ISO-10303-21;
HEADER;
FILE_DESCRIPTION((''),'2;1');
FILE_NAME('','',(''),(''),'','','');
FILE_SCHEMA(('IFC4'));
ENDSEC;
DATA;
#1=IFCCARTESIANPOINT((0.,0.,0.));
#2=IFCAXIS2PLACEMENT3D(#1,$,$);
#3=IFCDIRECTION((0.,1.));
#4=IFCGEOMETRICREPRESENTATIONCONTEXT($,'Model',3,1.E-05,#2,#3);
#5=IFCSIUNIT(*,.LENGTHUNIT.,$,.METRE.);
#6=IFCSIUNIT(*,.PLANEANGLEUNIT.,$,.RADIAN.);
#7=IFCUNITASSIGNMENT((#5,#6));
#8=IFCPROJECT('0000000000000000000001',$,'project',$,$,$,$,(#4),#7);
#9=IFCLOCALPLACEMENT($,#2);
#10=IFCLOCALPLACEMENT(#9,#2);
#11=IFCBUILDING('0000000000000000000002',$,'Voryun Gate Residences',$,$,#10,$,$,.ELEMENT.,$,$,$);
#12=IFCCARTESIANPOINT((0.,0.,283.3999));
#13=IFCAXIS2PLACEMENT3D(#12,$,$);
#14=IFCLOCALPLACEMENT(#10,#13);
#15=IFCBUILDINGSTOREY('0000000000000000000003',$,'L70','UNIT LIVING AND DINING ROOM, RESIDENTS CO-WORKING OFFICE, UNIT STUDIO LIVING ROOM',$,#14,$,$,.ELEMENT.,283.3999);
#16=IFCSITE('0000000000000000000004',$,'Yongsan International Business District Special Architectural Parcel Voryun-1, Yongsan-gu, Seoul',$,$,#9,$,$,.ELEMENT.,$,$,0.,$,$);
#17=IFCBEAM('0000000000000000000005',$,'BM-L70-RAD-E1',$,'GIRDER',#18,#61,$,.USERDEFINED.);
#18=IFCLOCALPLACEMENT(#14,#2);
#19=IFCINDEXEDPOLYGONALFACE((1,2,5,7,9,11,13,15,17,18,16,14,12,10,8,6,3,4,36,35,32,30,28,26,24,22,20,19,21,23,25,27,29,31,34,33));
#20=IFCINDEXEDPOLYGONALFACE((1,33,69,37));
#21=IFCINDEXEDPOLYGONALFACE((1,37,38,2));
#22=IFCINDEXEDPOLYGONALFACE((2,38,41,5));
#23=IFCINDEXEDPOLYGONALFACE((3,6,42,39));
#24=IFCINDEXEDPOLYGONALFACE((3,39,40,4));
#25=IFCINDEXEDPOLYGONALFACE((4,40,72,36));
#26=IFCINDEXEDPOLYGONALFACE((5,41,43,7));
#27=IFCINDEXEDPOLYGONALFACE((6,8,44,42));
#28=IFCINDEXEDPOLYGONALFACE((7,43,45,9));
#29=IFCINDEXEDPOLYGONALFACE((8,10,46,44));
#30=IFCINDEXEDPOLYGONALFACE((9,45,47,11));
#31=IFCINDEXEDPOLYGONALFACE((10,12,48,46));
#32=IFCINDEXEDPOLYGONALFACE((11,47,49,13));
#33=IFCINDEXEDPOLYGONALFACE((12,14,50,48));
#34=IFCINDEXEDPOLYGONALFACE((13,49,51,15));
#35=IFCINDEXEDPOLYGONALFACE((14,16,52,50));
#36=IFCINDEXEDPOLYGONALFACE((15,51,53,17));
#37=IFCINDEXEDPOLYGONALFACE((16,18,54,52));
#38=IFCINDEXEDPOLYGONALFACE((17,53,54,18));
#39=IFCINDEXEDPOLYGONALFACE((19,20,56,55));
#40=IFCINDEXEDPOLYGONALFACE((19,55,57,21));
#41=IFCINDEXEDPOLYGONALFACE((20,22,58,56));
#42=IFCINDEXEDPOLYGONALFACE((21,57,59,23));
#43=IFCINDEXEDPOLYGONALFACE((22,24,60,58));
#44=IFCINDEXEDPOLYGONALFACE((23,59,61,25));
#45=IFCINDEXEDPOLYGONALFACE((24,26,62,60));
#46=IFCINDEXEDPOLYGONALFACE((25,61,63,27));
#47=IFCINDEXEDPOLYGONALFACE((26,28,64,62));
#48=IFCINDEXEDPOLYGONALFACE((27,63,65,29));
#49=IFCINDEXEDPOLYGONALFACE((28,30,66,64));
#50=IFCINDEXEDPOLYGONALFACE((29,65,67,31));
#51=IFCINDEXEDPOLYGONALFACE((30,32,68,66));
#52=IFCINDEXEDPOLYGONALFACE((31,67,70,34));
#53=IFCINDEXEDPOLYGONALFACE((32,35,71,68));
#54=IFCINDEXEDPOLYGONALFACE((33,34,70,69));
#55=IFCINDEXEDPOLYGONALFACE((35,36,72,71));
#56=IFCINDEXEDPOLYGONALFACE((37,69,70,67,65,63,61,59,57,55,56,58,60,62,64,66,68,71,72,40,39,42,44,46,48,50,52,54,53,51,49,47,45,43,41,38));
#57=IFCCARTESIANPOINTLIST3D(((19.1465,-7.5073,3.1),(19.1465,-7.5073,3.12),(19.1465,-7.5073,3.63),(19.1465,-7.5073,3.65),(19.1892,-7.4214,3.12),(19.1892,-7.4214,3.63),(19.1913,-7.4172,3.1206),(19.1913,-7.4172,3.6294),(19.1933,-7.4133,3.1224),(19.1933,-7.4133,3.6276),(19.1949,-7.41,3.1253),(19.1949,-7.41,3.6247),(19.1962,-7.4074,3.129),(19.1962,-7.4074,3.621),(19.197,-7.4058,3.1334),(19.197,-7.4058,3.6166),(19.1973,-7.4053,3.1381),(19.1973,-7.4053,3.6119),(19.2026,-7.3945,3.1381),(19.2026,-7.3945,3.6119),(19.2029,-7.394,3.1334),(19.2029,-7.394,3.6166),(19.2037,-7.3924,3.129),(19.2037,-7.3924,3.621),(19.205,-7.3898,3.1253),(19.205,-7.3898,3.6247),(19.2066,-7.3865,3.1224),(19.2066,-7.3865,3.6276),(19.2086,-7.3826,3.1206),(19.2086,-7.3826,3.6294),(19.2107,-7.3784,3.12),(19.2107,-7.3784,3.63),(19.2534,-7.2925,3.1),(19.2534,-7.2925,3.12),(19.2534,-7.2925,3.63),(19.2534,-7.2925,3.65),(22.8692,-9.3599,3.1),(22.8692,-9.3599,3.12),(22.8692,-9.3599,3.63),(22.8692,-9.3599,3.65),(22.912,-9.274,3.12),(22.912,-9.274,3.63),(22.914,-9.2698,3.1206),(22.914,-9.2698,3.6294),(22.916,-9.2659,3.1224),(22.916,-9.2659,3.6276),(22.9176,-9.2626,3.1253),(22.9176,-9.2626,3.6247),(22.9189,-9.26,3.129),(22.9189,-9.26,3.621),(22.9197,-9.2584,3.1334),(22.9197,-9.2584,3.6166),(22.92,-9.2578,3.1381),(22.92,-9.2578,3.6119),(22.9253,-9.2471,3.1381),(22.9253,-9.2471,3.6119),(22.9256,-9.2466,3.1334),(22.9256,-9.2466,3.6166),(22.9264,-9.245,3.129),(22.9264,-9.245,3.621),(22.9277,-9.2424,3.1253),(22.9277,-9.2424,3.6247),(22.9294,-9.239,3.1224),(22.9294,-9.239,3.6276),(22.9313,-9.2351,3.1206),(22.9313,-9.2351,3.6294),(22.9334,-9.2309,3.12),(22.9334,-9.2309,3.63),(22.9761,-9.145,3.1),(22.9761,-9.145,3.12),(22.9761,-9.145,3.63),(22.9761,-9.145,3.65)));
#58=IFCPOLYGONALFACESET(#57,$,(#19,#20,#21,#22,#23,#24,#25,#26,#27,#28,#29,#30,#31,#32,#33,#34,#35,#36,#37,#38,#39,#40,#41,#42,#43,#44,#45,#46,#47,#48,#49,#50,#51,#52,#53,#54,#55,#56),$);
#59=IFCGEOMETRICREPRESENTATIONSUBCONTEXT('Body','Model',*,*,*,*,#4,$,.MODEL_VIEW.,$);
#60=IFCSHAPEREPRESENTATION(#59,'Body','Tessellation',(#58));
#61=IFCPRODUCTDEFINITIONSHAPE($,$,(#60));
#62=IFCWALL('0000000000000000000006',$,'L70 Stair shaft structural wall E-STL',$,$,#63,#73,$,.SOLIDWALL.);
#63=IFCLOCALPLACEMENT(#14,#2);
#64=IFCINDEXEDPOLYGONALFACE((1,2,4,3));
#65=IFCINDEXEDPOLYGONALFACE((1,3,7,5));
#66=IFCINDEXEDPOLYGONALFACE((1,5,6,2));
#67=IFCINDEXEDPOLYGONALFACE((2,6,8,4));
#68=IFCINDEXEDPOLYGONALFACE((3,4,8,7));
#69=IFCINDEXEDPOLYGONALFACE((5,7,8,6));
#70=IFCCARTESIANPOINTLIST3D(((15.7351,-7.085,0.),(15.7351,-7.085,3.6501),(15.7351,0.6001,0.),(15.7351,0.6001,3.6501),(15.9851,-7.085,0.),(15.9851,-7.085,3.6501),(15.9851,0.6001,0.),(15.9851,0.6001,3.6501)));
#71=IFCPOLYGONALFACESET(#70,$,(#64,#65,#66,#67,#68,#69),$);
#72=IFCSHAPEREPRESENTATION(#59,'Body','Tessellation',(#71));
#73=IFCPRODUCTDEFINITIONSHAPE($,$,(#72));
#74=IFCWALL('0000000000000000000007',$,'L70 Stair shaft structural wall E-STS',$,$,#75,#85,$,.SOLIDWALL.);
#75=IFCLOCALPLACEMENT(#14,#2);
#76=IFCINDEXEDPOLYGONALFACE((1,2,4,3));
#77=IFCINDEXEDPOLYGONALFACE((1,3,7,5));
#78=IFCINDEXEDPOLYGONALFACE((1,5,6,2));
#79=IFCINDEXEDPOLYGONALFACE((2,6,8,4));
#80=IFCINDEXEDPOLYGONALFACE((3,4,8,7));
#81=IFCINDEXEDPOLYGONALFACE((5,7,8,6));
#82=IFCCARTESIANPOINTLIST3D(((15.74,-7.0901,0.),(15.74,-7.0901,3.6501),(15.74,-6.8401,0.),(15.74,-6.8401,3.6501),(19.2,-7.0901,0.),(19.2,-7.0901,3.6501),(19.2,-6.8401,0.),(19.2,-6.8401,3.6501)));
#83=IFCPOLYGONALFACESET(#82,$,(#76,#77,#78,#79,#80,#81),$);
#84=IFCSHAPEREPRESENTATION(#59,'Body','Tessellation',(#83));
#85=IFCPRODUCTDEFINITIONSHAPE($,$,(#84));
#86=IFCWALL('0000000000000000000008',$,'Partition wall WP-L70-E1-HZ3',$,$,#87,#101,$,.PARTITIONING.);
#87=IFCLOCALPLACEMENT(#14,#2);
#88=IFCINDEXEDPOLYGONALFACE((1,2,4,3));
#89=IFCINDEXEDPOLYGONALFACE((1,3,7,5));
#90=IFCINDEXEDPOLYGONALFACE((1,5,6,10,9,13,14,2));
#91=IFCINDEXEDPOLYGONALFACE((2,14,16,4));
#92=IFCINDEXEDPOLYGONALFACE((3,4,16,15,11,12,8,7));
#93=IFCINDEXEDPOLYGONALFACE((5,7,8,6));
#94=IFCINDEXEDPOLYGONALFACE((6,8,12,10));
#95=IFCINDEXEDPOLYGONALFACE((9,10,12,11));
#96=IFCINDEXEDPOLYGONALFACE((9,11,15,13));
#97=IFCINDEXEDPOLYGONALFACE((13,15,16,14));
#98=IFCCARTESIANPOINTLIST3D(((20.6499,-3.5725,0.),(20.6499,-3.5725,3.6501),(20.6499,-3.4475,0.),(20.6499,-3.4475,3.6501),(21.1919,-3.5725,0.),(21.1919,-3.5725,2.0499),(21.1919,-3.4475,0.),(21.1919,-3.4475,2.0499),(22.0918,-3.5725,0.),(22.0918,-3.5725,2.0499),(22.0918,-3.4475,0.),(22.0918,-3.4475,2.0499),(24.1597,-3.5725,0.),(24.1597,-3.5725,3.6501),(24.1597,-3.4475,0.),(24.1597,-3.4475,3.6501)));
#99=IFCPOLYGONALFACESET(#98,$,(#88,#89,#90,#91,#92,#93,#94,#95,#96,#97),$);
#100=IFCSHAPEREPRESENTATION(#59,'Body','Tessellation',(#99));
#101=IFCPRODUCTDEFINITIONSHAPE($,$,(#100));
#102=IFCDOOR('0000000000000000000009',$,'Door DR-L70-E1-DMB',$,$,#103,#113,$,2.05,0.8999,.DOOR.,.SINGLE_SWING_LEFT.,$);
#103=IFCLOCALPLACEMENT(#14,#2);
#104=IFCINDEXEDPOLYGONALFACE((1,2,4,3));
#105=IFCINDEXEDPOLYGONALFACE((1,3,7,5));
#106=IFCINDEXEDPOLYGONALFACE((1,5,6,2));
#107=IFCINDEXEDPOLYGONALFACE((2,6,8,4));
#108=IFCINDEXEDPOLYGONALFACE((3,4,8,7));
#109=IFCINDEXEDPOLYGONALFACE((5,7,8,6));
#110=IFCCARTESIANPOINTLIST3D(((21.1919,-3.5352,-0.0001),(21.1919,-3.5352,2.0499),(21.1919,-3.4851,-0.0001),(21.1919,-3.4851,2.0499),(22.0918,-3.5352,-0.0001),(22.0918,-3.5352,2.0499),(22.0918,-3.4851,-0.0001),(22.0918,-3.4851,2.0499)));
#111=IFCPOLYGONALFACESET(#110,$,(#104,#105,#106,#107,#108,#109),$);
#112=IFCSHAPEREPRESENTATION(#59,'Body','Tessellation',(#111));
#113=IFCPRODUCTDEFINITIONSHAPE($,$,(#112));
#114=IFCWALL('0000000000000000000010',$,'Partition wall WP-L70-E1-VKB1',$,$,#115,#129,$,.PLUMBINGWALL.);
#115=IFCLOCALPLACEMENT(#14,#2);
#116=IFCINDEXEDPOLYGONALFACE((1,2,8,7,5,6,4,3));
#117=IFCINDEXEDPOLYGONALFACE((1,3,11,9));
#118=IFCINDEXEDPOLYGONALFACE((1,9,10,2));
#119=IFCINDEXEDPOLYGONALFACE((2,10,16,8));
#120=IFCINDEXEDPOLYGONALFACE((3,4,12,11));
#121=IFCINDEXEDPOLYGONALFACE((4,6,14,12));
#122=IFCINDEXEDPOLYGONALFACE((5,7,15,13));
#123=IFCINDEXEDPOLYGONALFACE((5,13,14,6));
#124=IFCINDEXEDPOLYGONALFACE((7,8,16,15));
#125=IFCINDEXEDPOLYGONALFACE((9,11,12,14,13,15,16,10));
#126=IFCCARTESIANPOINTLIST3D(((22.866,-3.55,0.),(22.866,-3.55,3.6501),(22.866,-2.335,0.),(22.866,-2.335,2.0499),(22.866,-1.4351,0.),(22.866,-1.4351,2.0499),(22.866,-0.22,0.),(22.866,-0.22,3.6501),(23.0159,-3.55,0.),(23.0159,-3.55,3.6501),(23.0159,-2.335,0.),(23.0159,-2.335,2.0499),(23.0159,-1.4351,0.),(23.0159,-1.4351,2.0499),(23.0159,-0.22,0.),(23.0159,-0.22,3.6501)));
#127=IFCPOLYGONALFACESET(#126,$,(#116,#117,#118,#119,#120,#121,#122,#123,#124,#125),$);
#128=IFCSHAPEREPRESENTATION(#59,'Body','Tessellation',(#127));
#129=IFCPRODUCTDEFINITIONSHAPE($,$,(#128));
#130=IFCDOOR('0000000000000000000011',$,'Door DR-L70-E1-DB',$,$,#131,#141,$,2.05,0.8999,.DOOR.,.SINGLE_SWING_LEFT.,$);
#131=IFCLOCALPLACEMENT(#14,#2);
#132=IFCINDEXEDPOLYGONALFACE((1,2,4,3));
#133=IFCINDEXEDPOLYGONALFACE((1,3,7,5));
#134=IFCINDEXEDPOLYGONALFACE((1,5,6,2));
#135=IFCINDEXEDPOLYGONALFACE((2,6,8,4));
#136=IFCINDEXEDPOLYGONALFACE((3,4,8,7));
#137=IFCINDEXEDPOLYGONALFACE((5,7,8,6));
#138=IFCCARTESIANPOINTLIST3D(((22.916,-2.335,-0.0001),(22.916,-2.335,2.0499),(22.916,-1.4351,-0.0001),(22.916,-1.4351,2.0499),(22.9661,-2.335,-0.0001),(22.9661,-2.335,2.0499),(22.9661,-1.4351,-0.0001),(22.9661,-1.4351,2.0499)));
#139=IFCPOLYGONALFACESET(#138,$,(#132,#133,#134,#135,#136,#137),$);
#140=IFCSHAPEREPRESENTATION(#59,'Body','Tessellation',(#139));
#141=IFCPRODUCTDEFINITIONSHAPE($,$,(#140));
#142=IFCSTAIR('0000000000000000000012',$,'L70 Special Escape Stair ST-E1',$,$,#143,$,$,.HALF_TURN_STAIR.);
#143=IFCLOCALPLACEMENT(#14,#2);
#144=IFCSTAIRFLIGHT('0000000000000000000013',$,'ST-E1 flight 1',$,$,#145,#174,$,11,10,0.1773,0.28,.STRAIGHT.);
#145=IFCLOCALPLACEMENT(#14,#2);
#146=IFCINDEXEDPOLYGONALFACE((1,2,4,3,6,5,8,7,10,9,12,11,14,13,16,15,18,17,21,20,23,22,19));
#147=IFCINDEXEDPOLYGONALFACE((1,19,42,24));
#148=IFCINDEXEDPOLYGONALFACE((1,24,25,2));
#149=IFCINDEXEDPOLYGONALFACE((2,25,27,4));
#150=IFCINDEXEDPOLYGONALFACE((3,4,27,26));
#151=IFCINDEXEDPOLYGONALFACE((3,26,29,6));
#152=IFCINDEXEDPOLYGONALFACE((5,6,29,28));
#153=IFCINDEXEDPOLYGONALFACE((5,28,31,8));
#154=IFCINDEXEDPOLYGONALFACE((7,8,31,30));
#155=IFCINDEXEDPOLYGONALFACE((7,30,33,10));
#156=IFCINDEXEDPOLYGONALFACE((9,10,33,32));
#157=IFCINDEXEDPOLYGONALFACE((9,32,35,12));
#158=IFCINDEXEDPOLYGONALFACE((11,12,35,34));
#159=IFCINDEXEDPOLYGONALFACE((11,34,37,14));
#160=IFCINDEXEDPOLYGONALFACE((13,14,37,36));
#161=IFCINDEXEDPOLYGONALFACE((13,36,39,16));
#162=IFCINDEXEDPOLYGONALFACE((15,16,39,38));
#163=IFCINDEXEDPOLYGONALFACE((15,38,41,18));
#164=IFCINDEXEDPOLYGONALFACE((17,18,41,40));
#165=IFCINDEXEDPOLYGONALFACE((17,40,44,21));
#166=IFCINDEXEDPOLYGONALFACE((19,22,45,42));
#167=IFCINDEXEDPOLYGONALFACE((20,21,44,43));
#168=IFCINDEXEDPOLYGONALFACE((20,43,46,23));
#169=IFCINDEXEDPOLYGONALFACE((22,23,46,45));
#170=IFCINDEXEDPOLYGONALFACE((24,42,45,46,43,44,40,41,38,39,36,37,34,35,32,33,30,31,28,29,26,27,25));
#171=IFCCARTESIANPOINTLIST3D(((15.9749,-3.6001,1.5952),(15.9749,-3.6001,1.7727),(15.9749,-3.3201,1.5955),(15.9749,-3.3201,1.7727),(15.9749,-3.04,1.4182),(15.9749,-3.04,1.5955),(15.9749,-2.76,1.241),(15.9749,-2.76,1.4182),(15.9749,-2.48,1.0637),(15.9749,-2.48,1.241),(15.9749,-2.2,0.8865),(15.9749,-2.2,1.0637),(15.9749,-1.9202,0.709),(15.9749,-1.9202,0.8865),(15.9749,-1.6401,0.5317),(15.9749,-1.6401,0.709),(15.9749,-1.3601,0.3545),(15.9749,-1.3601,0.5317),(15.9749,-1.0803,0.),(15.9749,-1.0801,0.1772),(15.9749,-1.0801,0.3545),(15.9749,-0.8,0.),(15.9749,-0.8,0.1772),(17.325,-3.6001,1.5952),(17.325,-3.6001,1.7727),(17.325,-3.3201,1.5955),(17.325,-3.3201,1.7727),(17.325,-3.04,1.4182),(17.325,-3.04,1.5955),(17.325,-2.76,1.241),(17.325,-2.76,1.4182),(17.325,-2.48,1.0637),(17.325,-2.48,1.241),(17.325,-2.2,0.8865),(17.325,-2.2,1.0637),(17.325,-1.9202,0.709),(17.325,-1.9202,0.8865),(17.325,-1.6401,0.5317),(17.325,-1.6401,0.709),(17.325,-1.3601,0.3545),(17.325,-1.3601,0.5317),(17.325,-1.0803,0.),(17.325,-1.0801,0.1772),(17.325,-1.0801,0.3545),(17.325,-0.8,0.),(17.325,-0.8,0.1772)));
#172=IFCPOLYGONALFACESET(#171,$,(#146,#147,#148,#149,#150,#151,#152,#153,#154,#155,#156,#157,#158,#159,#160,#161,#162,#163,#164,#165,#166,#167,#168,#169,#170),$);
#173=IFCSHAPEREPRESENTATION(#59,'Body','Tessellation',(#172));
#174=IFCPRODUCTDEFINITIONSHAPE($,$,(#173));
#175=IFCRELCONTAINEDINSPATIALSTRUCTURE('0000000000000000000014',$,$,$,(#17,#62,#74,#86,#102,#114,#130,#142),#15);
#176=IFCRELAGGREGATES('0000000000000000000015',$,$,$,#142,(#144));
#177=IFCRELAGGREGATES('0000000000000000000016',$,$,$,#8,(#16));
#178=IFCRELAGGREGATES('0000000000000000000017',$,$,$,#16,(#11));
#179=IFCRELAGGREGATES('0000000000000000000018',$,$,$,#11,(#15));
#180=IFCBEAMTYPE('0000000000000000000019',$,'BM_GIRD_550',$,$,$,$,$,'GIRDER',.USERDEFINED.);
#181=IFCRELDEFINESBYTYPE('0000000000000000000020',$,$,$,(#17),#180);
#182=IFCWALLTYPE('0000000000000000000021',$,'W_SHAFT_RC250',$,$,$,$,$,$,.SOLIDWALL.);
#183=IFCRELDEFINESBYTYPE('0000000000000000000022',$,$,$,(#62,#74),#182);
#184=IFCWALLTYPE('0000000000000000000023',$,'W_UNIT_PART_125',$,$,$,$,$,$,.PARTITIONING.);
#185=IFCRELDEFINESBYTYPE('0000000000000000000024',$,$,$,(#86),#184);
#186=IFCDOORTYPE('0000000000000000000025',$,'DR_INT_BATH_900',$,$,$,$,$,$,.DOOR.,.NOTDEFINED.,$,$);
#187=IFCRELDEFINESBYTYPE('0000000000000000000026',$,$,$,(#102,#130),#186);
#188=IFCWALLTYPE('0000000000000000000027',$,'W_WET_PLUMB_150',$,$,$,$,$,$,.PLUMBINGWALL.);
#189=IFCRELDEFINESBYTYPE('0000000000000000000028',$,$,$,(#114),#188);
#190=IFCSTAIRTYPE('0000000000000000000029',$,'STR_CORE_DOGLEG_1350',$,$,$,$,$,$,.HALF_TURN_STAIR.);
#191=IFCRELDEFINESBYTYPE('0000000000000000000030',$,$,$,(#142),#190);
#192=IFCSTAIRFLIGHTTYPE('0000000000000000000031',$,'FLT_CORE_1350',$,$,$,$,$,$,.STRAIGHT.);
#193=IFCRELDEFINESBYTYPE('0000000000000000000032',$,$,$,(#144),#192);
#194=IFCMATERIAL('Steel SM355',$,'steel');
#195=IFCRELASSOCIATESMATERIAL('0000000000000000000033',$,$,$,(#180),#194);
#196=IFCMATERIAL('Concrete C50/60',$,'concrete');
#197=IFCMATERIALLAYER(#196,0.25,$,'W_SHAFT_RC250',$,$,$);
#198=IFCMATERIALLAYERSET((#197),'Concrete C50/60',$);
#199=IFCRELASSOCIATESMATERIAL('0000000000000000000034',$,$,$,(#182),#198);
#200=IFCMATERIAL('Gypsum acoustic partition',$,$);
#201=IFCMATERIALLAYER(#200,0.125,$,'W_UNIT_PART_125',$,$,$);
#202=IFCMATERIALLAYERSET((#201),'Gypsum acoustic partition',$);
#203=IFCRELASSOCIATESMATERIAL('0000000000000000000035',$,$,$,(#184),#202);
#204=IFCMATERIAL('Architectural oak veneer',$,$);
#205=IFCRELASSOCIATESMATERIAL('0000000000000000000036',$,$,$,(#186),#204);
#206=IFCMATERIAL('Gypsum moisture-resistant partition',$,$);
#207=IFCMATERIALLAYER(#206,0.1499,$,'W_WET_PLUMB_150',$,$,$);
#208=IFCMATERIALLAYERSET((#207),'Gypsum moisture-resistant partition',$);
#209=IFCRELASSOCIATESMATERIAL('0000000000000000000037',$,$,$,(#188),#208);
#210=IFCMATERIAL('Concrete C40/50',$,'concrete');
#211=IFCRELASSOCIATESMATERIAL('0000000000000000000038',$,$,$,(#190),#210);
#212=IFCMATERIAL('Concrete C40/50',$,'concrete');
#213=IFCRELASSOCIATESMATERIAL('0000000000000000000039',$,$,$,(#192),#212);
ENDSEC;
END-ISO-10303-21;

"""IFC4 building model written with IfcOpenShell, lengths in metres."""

from ifc_helpers import new_model, si_unit, direction, frame, frame_2d, origin, origin_2d, place, context, subcontext, project, spatial, polyline, rectangle, i_section, outline, extrude, material, layer, layer_set, material_profile, profile_set, type_object, element, fill, aggregate, save


model = new_model("IFC4")

# Units and contexts
model_context = context("Model", 3, precision=1e-05, world=origin(), true_north=direction((0.0, 1.0)))
body_context = subcontext(model_context, "Body", "Model", "MODEL_VIEW")
ifc_project = project(units=[si_unit("LENGTHUNIT", "METRE"), si_unit("PLANEANGLEUNIT", "RADIAN")], contexts=[model_context])

# Site, building, storey
site_placement = place(None, origin())
site = spatial("IfcSite", under=ifc_project, at=site_placement, Name="Yongsan International Business District Special Architectural Parcel Voryun-1, Yongsan-gu, Seoul", CompositionType="ELEMENT", RefElevation=0.0)
building_placement = place(site_placement, origin())
building = spatial("IfcBuilding", under=site, at=building_placement, Name="Voryun Gate Residences", CompositionType="ELEMENT")
storey_placement = place(building_placement, frame((0.0, 0.0, 283.3999)))
storey = spatial("IfcBuildingStorey", under=building, at=storey_placement, Name="L70", Description="UNIT LIVING AND DINING ROOM, RESIDENTS CO-WORKING OFFICE, UNIT STUDIO LIVING ROOM", CompositionType="ELEMENT", Elevation=283.3999)

# Beam
ifc_material_1 = material(Name="Steel SM355", Category="steel")
ifc_material_profile = material_profile(ifc_material_1, i_section(OverallWidth=0.24, OverallDepth=0.55, WebThickness=0.012, FlangeThickness=0.02, FilletRadius=0.0181, at=origin_2d()), Name="H-550x240x12x20")
ifc_profile_set = profile_set([ifc_material_profile], Name="Steel SM355")
beam_type = type_object("IfcBeamType", Name="BM_GIRD_550", ElementType="GIRDER", PredefinedType="USERDEFINED", material=ifc_profile_set)
beam_placement = place(storey_placement, frame((19.2, -7.3999, 3.375), z_axis=(0.895271, -0.445522, 0.0), x_axis=(0.445522, 0.895271, 0.0)))
element("IfcBeam", 1, at=beam_placement, inside=storey, type_object=beam_type, Name="BM-L70-RAD-E1", ObjectType="GIRDER", PredefinedType="USERDEFINED", context=body_context, shape_type="SweptSolid", body=[
    extrude(i_section(OverallWidth=0.24, OverallDepth=0.55, WebThickness=0.012, FlangeThickness=0.02, FilletRadius=0.0181, at=origin_2d()), origin(), (0.0, 0.0, 1.0), 4.1582),
])

# Walls
ifc_material_2 = material(Name="Concrete C50/60", Category="concrete")
ifc_layer_1 = layer(ifc_material_2, 0.25, Name="W_SHAFT_RC250")
ifc_layer_set_1 = layer_set([ifc_layer_1], Name="Concrete C50/60")
wall_type_1 = type_object("IfcWallType", Name="W_SHAFT_RC250", PredefinedType="SOLIDWALL", material=ifc_layer_set_1)
wall_1_placement = place(storey_placement, frame((15.8601, -7.085, 0.0), z_axis=(0.0, 0.0, 1.0), x_axis=(0.0, 1.0, 0.0)))
element("IfcWall", 2, at=wall_1_placement, inside=storey, type_object=wall_type_1, Name="L70 Stair shaft structural wall E-STL", PredefinedType="SOLIDWALL", context=body_context, shape_type="SweptSolid", body=[
    extrude(rectangle(XDim=7.6851, YDim=0.25, at=frame_2d((3.8425, 0.0))), origin(), (0.0, 0.0, 1.0), 3.6501),
])
wall_2_placement = place(storey_placement, frame((15.74, -6.9651, 0.0), z_axis=(0.0, 0.0, 1.0), x_axis=(1.0, 0.0, 0.0)))
element("IfcWall", 3, at=wall_2_placement, inside=storey, type_object=wall_type_1, Name="L70 Stair shaft structural wall E-STS", PredefinedType="SOLIDWALL", context=body_context, shape_type="SweptSolid", body=[
    extrude(rectangle(XDim=3.46, YDim=0.25, at=frame_2d((1.73, 0.0))), origin(), (0.0, 0.0, 1.0), 3.6501),
])

# Walls, openings, doors
ifc_material_3 = material(Name="Gypsum acoustic partition")
ifc_layer_2 = layer(ifc_material_3, 0.125, Name="W_UNIT_PART_125")
ifc_layer_set_2 = layer_set([ifc_layer_2], Name="Gypsum acoustic partition")
wall_type_2 = type_object("IfcWallType", Name="W_UNIT_PART_125", PredefinedType="PARTITIONING", material=ifc_layer_set_2)
wall_3_placement = place(storey_placement, frame((20.6499, -3.51, 0.0), z_axis=(0.0, 0.0, 1.0), x_axis=(1.0, 0.0, 0.0)))
wall_3 = element("IfcWall", 4, at=wall_3_placement, inside=storey, type_object=wall_type_2, Name="Partition wall WP-L70-E1-HZ3", PredefinedType="PARTITIONING", context=body_context, shape_type="SweptSolid", body=[
    extrude(rectangle(XDim=3.5098, YDim=0.125, at=frame_2d((1.7549, 0.0))), origin(), (0.0, 0.0, 1.0), 3.6501),
])
opening_1_placement = place(wall_3_placement, frame((0.542, 0.0, 0.0)))
opening_1 = element("IfcOpeningElement", 5, at=opening_1_placement, cuts=wall_3, PredefinedType="OPENING", context=body_context, shape_type="SweptSolid", body=[
    extrude(rectangle(XDim=0.8999, YDim=2.05, at=frame_2d((0.45, 1.0249))), frame((0.0, 0.0725, 0.0), z_axis=(0.0, -1.0, 0.0), x_axis=(1.0, 0.0, 0.0)), (0.0, 0.0, 1.0), 0.145),
])
ifc_material_4 = material(Name="Architectural oak veneer")
door_type = type_object("IfcDoorType", Name="DR_INT_BATH_900", OperationType="NOTDEFINED", PredefinedType="DOOR", material=ifc_material_4)
door_1_placement = place(opening_1_placement, origin())
door_1 = element("IfcDoor", 6, at=door_1_placement, inside=storey, type_object=door_type, Name="Door DR-L70-E1-DMB", OperationType="SINGLE_SWING_LEFT", OverallHeight=2.05, OverallWidth=0.8999, PredefinedType="DOOR", context=body_context, shape_type="SweptSolid", body=[
    extrude(rectangle(XDim=0.8999, YDim=2.05, at=frame_2d((0.45, 1.0249))), frame((0.0, 0.0249, 0.0), z_axis=(0.0, -1.0, 0.0), x_axis=(1.0, 0.0, 0.0)), (0.0, 0.0, 1.0), 0.05),
])
fill(opening_1, door_1)
ifc_material_5 = material(Name="Gypsum moisture-resistant partition")
ifc_layer_3 = layer(ifc_material_5, 0.1499, Name="W_WET_PLUMB_150")
ifc_layer_set_3 = layer_set([ifc_layer_3], Name="Gypsum moisture-resistant partition")
wall_type_3 = type_object("IfcWallType", Name="W_WET_PLUMB_150", PredefinedType="PLUMBINGWALL", material=ifc_layer_set_3)
wall_4_placement = place(storey_placement, frame((22.9409, -3.55, 0.0), z_axis=(0.0, 0.0, 1.0), x_axis=(0.0, 1.0, 0.0)))
wall_4 = element("IfcWall", 7, at=wall_4_placement, inside=storey, type_object=wall_type_3, Name="Partition wall WP-L70-E1-VKB1", PredefinedType="PLUMBINGWALL", context=body_context, shape_type="SweptSolid", body=[
    extrude(rectangle(XDim=3.3301, YDim=0.1499, at=frame_2d((1.665, 0.0))), origin(), (0.0, 0.0, 1.0), 3.6501),
])
opening_2_placement = place(wall_4_placement, frame((1.2151, 0.0, 0.0)))
opening_2 = element("IfcOpeningElement", 8, at=opening_2_placement, cuts=wall_4, PredefinedType="OPENING", context=body_context, shape_type="SweptSolid", body=[
    extrude(rectangle(XDim=0.8999, YDim=2.05, at=frame_2d((0.45, 1.0249))), frame((0.0, 0.085, 0.0), z_axis=(0.0, -1.0, 0.0), x_axis=(1.0, 0.0, 0.0)), (0.0, 0.0, 1.0), 0.1699),
])
door_2_placement = place(opening_2_placement, origin())
door_2 = element("IfcDoor", 9, at=door_2_placement, inside=storey, type_object=door_type, Name="Door DR-L70-E1-DB", OperationType="SINGLE_SWING_LEFT", OverallHeight=2.05, OverallWidth=0.8999, PredefinedType="DOOR", context=body_context, shape_type="SweptSolid", body=[
    extrude(rectangle(XDim=0.8999, YDim=2.05, at=frame_2d((0.45, 1.0249))), frame((0.0, 0.0249, 0.0), z_axis=(0.0, -1.0, 0.0), x_axis=(1.0, 0.0, 0.0)), (0.0, 0.0, 1.0), 0.05),
])
fill(opening_2, door_2)

# Stair, stair flight
ifc_material_6 = material(Name="Concrete C40/50", Category="concrete")
stair_type = type_object("IfcStairType", Name="STR_CORE_DOGLEG_1350", PredefinedType="HALF_TURN_STAIR", material=ifc_material_6)
stair_placement = place(storey_placement, origin())
stair = element("IfcStair", 10, at=stair_placement, inside=storey, type_object=stair_type, Name="L70 Special Escape Stair ST-E1", PredefinedType="HALF_TURN_STAIR")
ifc_material_7 = material(Name="Concrete C40/50", Category="concrete")
stair_flight_type = type_object("IfcStairFlightType", Name="FLT_CORE_1350", PredefinedType="STRAIGHT", material=ifc_material_7)
stair_flight_1_placement = place(storey_placement, frame((16.6499, -0.8, 0.0), z_axis=(0.0, 0.0, 1.0), x_axis=(0.0, -1.0, 0.0)))
stair_flight_1 = element("IfcStairFlight", 11, at=stair_flight_1_placement, type_object=stair_flight_type, Name="ST-E1 flight 1", NumberOfRisers=11, NumberOfTreads=10, PredefinedType="STRAIGHT", RiserHeight=0.1773, TreadLength=0.28, context=body_context, shape_type="SweptSolid", body=[
    extrude(outline(polyline([(0.0, 0.0), (0.0, 0.1772), (0.28, 0.1772), (0.28, 0.3545), (0.5601, 0.3545), (0.5601, 0.5317), (0.8401, 0.5317), (0.8401, 0.709), (1.1201, 0.709), (1.1201, 0.8865), (1.3999, 0.8865), (1.3999, 1.0637), (1.6799, 1.0637), (1.6799, 1.241), (1.96, 1.241), (1.96, 1.4182), (2.24, 1.4182), (2.24, 1.5955), (2.52, 1.5955), (2.52, 1.7727), (2.8, 1.7727), (2.8, 1.95), (2.8, 1.5952), (0.2803, 0.0), (0.0, 0.0)])), frame((0.0, 0.675, 0.0), z_axis=(0.0, -1.0, 0.0), x_axis=(1.0, 0.0, 0.0)), (0.0, 0.0, 1.0), 1.3501),
])
aggregate(stair, [stair_flight_1])

save(model, "model.ifc")
